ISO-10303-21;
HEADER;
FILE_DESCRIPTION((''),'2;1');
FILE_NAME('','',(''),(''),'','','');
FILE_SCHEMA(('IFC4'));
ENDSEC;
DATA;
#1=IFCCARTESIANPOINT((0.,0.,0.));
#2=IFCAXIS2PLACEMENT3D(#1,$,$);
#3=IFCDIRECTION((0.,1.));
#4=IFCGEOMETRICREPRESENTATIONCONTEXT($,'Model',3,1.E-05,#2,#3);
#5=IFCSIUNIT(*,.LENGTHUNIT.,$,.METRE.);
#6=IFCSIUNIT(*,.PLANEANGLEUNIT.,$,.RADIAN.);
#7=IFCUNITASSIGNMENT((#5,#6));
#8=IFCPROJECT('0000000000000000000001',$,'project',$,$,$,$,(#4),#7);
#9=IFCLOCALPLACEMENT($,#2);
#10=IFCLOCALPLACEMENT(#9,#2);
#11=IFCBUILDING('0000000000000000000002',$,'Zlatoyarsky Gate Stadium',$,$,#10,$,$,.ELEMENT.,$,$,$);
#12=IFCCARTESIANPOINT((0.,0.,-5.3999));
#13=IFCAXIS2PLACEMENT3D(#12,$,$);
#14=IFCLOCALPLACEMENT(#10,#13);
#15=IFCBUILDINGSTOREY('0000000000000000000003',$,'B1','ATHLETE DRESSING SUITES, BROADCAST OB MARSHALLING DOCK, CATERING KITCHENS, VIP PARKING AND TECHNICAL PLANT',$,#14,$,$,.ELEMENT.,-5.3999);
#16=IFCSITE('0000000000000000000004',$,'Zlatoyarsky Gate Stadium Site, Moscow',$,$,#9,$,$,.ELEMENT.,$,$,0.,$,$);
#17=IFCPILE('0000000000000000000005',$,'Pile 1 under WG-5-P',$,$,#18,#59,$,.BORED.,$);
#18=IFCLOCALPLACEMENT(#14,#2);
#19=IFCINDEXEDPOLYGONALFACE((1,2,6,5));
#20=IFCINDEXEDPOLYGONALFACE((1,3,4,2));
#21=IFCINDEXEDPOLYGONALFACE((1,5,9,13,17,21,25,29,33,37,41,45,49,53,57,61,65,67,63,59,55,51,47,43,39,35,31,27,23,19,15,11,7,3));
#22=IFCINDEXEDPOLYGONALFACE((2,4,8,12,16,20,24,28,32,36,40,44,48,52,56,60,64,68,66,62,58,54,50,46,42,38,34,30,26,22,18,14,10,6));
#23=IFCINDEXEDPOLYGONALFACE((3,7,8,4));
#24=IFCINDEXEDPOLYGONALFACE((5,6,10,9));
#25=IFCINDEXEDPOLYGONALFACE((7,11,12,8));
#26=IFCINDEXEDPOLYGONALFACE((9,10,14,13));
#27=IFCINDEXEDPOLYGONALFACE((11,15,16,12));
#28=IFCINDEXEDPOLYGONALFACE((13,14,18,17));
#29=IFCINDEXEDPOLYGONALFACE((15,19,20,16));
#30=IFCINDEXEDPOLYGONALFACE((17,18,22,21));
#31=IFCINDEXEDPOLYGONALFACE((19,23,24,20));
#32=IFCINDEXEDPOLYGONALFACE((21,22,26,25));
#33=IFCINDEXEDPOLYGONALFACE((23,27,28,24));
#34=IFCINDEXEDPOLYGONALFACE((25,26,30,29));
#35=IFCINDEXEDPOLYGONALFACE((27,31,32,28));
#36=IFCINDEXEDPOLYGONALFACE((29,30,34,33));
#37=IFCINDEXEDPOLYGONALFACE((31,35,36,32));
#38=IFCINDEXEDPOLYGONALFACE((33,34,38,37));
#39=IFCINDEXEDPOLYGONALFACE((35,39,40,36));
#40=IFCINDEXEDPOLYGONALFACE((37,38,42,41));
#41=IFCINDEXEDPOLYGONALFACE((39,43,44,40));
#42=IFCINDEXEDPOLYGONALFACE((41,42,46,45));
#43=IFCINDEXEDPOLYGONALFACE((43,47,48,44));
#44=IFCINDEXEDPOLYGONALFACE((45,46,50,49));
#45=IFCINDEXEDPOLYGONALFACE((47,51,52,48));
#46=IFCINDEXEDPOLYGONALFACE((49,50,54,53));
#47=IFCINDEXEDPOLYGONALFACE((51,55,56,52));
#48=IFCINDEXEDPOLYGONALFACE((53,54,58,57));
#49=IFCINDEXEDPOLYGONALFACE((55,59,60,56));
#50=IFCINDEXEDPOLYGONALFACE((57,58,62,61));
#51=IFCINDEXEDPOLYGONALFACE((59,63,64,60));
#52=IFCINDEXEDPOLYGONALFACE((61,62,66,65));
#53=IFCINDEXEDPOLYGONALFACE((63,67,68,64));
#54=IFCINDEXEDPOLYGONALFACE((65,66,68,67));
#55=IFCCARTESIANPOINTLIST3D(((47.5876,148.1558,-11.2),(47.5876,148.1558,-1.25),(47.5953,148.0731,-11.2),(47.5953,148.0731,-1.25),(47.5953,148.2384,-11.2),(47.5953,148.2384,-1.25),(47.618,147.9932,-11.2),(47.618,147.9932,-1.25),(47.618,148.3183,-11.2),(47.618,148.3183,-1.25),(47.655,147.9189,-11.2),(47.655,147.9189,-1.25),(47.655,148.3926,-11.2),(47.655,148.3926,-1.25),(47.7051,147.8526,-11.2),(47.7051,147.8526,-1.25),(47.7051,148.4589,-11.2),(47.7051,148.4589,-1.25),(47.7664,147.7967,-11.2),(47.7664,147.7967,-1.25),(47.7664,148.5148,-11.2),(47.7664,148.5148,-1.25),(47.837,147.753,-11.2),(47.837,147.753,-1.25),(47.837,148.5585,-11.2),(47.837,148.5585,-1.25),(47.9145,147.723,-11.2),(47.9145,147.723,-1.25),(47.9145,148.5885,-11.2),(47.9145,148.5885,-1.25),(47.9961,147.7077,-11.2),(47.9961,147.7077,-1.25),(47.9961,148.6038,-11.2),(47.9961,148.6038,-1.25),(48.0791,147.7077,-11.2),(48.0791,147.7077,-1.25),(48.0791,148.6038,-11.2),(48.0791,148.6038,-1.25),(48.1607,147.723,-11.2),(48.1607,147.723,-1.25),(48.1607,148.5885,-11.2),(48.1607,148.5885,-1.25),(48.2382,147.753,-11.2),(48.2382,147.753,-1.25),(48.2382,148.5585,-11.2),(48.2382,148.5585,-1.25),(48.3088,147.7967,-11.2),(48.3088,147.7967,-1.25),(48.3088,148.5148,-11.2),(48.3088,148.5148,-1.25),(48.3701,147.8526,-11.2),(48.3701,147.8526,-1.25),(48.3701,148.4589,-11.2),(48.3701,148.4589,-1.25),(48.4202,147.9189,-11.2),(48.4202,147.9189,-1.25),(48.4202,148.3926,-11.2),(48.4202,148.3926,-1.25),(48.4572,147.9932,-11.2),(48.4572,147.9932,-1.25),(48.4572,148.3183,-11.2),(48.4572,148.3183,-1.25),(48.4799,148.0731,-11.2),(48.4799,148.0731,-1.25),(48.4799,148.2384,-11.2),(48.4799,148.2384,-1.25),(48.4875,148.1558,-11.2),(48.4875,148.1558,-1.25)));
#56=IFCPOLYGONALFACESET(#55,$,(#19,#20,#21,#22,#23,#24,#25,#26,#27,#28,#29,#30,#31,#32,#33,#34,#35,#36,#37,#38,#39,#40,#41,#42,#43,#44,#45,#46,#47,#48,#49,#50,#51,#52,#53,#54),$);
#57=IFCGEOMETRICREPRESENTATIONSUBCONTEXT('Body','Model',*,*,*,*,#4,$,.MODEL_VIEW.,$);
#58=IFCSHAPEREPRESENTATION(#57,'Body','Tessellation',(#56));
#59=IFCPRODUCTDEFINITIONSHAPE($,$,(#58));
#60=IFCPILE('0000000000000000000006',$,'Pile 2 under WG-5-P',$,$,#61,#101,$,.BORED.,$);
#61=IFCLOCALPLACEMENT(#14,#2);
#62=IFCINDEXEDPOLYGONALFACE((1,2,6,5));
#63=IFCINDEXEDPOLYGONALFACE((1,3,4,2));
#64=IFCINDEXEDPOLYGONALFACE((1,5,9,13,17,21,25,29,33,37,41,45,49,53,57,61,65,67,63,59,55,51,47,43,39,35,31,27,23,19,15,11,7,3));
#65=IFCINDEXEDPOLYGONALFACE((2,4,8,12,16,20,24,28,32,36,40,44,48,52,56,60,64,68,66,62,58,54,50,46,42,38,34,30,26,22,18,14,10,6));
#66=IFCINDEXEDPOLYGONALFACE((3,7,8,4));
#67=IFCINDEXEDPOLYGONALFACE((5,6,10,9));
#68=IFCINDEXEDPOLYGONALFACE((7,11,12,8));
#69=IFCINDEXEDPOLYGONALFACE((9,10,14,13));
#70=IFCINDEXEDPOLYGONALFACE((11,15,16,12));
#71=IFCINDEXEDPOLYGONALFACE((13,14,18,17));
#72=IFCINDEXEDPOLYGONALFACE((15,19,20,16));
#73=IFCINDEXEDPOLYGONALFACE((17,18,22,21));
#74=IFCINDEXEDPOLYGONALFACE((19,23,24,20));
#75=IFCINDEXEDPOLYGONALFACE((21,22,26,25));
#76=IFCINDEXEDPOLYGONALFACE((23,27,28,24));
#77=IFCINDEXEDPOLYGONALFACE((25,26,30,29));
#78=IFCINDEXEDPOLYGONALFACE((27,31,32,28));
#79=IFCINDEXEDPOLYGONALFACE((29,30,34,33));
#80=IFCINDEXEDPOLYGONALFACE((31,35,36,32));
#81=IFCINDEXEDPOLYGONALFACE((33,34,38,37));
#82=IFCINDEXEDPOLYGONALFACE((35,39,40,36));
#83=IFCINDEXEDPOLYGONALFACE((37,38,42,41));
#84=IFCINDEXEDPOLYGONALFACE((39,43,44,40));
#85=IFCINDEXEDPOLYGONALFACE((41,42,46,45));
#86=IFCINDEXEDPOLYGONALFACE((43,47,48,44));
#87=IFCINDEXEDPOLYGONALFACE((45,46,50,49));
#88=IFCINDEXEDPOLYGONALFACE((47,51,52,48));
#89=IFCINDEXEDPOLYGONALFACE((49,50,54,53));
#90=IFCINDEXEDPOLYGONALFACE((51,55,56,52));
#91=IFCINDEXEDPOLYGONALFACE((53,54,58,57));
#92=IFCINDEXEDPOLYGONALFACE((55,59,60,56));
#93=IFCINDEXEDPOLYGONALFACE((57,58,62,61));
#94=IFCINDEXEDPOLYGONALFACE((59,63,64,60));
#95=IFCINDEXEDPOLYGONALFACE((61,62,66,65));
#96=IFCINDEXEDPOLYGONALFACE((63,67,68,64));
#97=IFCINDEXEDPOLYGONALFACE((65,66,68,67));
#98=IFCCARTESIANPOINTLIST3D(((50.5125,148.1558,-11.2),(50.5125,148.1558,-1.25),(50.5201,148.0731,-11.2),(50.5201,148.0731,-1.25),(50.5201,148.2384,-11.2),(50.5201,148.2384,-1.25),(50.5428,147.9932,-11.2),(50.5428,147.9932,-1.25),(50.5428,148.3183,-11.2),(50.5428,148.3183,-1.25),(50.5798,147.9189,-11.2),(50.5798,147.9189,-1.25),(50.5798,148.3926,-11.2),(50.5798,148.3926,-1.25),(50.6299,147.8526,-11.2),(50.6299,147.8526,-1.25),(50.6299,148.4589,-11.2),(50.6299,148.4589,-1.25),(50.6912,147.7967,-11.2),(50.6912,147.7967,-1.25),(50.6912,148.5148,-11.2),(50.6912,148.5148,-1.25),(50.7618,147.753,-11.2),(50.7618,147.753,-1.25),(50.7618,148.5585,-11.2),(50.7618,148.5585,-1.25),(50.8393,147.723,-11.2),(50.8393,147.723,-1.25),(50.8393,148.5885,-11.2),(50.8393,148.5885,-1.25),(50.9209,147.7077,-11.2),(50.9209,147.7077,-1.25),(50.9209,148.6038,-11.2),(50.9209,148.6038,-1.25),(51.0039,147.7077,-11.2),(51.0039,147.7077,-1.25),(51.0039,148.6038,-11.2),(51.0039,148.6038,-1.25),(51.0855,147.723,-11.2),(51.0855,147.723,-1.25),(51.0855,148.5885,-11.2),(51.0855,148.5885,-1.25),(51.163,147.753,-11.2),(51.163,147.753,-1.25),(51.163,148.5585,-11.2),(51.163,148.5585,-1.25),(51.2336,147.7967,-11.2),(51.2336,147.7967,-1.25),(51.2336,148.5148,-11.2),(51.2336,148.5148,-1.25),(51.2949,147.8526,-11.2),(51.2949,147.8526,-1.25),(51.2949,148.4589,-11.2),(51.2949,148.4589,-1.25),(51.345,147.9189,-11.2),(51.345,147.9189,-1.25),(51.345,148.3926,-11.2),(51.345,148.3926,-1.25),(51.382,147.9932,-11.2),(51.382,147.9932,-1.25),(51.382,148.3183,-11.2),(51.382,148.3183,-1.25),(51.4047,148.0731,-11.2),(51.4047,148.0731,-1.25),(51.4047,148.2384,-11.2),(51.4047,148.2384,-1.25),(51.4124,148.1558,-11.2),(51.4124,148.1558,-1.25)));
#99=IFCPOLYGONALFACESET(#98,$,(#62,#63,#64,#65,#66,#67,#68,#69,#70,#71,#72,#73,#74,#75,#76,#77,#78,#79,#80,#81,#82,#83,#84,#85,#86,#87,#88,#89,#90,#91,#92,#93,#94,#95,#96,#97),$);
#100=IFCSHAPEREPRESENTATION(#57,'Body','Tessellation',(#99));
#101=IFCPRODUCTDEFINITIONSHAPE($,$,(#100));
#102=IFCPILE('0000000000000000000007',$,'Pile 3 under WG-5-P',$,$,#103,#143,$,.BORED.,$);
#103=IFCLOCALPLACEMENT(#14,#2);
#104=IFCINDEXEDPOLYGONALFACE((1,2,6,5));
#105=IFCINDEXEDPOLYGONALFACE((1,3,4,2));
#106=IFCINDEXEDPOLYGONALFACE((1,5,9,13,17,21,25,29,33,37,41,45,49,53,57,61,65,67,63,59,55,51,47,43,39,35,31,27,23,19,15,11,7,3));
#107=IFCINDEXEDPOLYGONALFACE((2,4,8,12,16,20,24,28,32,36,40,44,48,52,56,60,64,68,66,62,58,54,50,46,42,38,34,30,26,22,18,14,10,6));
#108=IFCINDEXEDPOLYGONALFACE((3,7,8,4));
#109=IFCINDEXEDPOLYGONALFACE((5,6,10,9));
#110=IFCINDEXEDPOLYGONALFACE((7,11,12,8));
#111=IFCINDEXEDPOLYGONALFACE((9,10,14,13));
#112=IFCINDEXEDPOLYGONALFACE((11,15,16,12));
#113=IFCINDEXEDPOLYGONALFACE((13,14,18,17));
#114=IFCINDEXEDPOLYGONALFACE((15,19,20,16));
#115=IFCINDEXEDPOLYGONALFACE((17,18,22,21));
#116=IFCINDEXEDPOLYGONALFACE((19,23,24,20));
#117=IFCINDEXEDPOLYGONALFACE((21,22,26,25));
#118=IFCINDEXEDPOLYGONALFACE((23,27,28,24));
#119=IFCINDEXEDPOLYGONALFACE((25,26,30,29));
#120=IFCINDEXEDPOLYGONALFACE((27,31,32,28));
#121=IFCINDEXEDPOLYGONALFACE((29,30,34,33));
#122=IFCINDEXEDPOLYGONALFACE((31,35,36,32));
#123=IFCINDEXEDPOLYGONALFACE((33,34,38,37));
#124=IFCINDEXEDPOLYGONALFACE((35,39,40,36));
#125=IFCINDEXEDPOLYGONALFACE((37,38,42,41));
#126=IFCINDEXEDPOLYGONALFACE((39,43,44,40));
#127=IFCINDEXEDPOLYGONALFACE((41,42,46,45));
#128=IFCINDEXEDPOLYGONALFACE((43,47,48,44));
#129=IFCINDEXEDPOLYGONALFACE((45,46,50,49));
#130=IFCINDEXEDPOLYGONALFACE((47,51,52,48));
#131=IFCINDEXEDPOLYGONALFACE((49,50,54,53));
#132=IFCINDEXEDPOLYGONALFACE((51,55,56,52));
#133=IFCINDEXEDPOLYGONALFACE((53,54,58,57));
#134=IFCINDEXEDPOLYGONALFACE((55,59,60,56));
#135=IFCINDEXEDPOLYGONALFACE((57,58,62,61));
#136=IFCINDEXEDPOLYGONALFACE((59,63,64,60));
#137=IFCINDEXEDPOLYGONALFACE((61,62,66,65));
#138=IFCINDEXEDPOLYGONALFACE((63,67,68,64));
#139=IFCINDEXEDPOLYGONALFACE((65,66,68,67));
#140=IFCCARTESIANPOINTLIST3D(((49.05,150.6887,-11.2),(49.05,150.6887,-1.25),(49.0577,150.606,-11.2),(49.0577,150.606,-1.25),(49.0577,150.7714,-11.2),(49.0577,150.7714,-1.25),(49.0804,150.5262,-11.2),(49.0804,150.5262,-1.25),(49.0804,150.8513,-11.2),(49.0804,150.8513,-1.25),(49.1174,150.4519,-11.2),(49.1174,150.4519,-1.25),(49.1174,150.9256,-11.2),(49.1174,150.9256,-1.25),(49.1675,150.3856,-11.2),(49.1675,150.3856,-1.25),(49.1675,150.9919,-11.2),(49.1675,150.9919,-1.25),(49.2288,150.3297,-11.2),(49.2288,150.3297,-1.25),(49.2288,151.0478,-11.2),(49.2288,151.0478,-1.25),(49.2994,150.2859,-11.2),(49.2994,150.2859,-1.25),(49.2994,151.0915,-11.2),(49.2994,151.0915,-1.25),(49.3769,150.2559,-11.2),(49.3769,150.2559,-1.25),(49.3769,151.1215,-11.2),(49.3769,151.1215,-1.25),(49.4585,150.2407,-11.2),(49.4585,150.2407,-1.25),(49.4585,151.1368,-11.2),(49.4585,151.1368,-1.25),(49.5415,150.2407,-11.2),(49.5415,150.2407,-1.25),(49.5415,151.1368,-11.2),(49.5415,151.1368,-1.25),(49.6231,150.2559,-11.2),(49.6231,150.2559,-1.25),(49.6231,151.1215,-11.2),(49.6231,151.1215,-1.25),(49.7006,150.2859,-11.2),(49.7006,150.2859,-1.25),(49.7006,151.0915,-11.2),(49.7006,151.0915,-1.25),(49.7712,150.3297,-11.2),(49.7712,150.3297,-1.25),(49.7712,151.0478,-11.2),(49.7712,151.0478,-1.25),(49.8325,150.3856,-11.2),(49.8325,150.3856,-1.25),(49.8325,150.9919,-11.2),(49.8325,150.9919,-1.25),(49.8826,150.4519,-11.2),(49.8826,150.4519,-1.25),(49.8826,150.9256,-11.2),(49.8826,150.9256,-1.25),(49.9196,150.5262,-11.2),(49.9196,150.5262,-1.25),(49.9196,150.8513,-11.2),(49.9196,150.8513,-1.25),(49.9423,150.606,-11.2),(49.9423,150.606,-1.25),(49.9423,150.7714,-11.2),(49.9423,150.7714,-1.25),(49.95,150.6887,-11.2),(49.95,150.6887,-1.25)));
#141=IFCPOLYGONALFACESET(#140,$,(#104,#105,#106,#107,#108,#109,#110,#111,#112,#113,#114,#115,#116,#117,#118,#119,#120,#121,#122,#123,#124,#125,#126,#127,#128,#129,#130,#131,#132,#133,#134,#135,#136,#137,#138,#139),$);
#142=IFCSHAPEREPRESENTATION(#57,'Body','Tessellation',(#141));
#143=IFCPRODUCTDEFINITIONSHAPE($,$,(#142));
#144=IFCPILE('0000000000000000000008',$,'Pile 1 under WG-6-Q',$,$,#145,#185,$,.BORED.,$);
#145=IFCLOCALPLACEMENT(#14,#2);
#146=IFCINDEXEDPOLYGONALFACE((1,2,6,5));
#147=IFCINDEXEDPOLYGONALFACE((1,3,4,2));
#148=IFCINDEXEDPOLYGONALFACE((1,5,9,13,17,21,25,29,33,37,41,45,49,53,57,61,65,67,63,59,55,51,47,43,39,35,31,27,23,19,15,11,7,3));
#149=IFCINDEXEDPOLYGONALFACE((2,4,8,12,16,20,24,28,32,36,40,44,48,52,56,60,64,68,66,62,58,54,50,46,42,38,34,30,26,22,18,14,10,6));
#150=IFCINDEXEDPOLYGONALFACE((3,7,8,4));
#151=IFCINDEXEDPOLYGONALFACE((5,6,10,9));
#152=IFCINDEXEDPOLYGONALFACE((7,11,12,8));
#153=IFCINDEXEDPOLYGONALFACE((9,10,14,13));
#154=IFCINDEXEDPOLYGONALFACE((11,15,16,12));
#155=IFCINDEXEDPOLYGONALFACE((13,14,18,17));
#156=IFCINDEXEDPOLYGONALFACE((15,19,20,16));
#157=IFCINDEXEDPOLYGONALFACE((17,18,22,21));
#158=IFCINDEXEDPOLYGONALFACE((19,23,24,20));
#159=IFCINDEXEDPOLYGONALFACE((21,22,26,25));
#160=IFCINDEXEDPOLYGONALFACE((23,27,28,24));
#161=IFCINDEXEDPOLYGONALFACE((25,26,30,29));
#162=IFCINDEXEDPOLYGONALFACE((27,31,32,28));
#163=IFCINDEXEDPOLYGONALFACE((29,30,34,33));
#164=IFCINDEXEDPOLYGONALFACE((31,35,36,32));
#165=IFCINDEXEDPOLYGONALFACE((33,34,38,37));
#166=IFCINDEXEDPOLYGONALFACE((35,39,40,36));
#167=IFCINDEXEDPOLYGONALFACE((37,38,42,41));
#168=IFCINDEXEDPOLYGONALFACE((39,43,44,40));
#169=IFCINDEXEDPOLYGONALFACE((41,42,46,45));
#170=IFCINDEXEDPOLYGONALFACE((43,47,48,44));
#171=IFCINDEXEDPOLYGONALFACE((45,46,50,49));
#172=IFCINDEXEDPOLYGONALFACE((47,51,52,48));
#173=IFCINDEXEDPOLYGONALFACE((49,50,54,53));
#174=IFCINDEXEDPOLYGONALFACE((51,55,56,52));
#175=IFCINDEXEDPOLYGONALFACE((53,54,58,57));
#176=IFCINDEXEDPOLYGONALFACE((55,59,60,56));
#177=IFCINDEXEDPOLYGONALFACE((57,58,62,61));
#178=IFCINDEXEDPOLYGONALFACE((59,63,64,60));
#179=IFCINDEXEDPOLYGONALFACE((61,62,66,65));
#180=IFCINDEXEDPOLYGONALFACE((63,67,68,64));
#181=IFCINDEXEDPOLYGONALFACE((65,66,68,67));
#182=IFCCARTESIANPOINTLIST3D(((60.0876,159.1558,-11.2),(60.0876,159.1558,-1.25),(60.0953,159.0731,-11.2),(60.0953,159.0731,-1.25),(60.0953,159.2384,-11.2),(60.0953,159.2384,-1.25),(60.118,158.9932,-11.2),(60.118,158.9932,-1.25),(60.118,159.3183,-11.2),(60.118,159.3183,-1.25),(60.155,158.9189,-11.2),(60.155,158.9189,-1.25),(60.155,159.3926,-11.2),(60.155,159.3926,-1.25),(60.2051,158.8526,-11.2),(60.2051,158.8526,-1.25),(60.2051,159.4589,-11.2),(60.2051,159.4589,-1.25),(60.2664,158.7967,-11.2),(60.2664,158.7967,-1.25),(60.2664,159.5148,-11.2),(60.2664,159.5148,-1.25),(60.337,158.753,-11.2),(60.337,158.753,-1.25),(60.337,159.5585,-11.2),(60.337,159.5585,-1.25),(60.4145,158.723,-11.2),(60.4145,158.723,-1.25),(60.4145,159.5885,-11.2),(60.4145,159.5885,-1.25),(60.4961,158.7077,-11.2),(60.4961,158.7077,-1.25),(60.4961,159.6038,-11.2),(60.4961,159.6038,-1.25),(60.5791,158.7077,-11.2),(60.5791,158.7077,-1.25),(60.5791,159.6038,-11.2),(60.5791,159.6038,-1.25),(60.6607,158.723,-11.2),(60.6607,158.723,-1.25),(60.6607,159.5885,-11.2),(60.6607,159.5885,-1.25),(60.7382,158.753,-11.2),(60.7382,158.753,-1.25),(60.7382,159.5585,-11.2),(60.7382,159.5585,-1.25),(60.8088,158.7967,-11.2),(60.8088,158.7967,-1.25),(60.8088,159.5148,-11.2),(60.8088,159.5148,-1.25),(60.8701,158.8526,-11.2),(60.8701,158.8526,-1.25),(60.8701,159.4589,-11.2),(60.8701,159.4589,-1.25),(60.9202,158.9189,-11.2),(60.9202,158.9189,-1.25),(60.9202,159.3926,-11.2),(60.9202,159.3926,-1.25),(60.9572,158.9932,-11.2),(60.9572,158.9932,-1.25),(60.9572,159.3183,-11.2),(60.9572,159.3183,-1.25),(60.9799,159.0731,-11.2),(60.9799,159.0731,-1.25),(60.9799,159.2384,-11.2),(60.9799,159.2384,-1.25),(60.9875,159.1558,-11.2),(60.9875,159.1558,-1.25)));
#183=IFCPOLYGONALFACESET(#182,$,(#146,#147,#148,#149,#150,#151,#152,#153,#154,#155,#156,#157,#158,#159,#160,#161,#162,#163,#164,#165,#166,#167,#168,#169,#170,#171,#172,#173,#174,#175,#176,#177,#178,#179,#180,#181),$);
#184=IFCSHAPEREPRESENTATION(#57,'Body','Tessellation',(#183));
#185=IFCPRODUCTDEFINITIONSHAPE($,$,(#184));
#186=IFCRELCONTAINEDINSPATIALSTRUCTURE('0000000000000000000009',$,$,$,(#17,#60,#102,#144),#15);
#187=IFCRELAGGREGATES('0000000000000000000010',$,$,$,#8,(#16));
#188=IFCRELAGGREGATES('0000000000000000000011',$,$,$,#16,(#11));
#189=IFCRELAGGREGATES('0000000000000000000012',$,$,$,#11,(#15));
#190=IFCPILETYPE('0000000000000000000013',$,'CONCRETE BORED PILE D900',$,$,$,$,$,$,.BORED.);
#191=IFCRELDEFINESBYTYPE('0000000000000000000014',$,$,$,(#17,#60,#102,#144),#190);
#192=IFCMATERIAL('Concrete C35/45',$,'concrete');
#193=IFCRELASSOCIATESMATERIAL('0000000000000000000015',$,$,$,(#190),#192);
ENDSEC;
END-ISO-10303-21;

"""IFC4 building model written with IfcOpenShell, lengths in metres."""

from ifc_helpers import new_model, si_unit, direction, frame, origin, origin_2d, place, context, subcontext, project, spatial, circle, extrude, material, material_profile, profile_set, type_object, element, save


model = new_model("IFC4")

# Units and contexts
model_context = context("Model", 3, precision=1e-05, world=origin(), true_north=direction((0.0, 1.0)))
body_context = subcontext(model_context, "Body", "Model", "MODEL_VIEW")
ifc_project = project(units=[si_unit("LENGTHUNIT", "METRE"), si_unit("PLANEANGLEUNIT", "RADIAN")], contexts=[model_context])

# Site, building, storey
site_placement = place(None, origin())
site = spatial("IfcSite", under=ifc_project, at=site_placement, Name="Zlatoyarsky Gate Stadium Site, Moscow", CompositionType="ELEMENT", RefElevation=0.0)
building_placement = place(site_placement, origin())
building = spatial("IfcBuilding", under=site, at=building_placement, Name="Zlatoyarsky Gate Stadium", CompositionType="ELEMENT")
storey_placement = place(building_placement, frame((0.0, 0.0, -5.3999)))
storey = spatial("IfcBuildingStorey", under=building, at=storey_placement, Name="B1", Description="ATHLETE DRESSING SUITES, BROADCAST OB MARSHALLING DOCK, CATERING KITCHENS, VIP PARKING AND TECHNICAL PLANT", CompositionType="ELEMENT", Elevation=-5.3999)

# Piles
ifc_material_1 = material(Name="Concrete C35/45", Category="concrete")
ifc_material_profile_1 = material_profile(ifc_material_1, circle(Radius=0.45, at=origin_2d()), Name="BORED PILE D900")
ifc_profile_set_1 = profile_set([ifc_material_profile_1], Name="Concrete C35/45")
pile_type_1 = type_object("IfcPileType", Name="CONCRETE BORED PILE D900", PredefinedType="BORED", material=ifc_profile_set_1)
for number, where, z_axis, x_axis, name in (
    (1, (48.0376, 148.1558, -1.25), (0.0, 0.0, -1.0), (1.0, 0.0, 0.0), "Pile 1 under WG-5-P"),
    (2, (50.9624, 148.1558, -1.25), (0.0, 0.0, -1.0), (1.0, 0.0, 0.0), "Pile 2 under WG-5-P"),
    (3, (49.5, 150.6887, -1.25), (0.0, 0.0, -1.0), (1.0, 0.0, 0.0), "Pile 3 under WG-5-P"),
    (4, (60.5376, 159.1558, -1.25), (0.0, 0.0, -1.0), (1.0, 0.0, 0.0), "Pile 1 under WG-6-Q"),
):
    element("IfcPile", number, at=place(storey_placement, frame(where, z_axis=z_axis, x_axis=x_axis)), inside=storey, type_object=pile_type_1, Name=name, PredefinedType="BORED", context=body_context, shape_type="SweptSolid", body=[
        extrude(circle(Radius=0.45, at=origin_2d()), origin(), (0.0, 0.0, 1.0), 9.95),
    ])

save(model, "model.ifc")
